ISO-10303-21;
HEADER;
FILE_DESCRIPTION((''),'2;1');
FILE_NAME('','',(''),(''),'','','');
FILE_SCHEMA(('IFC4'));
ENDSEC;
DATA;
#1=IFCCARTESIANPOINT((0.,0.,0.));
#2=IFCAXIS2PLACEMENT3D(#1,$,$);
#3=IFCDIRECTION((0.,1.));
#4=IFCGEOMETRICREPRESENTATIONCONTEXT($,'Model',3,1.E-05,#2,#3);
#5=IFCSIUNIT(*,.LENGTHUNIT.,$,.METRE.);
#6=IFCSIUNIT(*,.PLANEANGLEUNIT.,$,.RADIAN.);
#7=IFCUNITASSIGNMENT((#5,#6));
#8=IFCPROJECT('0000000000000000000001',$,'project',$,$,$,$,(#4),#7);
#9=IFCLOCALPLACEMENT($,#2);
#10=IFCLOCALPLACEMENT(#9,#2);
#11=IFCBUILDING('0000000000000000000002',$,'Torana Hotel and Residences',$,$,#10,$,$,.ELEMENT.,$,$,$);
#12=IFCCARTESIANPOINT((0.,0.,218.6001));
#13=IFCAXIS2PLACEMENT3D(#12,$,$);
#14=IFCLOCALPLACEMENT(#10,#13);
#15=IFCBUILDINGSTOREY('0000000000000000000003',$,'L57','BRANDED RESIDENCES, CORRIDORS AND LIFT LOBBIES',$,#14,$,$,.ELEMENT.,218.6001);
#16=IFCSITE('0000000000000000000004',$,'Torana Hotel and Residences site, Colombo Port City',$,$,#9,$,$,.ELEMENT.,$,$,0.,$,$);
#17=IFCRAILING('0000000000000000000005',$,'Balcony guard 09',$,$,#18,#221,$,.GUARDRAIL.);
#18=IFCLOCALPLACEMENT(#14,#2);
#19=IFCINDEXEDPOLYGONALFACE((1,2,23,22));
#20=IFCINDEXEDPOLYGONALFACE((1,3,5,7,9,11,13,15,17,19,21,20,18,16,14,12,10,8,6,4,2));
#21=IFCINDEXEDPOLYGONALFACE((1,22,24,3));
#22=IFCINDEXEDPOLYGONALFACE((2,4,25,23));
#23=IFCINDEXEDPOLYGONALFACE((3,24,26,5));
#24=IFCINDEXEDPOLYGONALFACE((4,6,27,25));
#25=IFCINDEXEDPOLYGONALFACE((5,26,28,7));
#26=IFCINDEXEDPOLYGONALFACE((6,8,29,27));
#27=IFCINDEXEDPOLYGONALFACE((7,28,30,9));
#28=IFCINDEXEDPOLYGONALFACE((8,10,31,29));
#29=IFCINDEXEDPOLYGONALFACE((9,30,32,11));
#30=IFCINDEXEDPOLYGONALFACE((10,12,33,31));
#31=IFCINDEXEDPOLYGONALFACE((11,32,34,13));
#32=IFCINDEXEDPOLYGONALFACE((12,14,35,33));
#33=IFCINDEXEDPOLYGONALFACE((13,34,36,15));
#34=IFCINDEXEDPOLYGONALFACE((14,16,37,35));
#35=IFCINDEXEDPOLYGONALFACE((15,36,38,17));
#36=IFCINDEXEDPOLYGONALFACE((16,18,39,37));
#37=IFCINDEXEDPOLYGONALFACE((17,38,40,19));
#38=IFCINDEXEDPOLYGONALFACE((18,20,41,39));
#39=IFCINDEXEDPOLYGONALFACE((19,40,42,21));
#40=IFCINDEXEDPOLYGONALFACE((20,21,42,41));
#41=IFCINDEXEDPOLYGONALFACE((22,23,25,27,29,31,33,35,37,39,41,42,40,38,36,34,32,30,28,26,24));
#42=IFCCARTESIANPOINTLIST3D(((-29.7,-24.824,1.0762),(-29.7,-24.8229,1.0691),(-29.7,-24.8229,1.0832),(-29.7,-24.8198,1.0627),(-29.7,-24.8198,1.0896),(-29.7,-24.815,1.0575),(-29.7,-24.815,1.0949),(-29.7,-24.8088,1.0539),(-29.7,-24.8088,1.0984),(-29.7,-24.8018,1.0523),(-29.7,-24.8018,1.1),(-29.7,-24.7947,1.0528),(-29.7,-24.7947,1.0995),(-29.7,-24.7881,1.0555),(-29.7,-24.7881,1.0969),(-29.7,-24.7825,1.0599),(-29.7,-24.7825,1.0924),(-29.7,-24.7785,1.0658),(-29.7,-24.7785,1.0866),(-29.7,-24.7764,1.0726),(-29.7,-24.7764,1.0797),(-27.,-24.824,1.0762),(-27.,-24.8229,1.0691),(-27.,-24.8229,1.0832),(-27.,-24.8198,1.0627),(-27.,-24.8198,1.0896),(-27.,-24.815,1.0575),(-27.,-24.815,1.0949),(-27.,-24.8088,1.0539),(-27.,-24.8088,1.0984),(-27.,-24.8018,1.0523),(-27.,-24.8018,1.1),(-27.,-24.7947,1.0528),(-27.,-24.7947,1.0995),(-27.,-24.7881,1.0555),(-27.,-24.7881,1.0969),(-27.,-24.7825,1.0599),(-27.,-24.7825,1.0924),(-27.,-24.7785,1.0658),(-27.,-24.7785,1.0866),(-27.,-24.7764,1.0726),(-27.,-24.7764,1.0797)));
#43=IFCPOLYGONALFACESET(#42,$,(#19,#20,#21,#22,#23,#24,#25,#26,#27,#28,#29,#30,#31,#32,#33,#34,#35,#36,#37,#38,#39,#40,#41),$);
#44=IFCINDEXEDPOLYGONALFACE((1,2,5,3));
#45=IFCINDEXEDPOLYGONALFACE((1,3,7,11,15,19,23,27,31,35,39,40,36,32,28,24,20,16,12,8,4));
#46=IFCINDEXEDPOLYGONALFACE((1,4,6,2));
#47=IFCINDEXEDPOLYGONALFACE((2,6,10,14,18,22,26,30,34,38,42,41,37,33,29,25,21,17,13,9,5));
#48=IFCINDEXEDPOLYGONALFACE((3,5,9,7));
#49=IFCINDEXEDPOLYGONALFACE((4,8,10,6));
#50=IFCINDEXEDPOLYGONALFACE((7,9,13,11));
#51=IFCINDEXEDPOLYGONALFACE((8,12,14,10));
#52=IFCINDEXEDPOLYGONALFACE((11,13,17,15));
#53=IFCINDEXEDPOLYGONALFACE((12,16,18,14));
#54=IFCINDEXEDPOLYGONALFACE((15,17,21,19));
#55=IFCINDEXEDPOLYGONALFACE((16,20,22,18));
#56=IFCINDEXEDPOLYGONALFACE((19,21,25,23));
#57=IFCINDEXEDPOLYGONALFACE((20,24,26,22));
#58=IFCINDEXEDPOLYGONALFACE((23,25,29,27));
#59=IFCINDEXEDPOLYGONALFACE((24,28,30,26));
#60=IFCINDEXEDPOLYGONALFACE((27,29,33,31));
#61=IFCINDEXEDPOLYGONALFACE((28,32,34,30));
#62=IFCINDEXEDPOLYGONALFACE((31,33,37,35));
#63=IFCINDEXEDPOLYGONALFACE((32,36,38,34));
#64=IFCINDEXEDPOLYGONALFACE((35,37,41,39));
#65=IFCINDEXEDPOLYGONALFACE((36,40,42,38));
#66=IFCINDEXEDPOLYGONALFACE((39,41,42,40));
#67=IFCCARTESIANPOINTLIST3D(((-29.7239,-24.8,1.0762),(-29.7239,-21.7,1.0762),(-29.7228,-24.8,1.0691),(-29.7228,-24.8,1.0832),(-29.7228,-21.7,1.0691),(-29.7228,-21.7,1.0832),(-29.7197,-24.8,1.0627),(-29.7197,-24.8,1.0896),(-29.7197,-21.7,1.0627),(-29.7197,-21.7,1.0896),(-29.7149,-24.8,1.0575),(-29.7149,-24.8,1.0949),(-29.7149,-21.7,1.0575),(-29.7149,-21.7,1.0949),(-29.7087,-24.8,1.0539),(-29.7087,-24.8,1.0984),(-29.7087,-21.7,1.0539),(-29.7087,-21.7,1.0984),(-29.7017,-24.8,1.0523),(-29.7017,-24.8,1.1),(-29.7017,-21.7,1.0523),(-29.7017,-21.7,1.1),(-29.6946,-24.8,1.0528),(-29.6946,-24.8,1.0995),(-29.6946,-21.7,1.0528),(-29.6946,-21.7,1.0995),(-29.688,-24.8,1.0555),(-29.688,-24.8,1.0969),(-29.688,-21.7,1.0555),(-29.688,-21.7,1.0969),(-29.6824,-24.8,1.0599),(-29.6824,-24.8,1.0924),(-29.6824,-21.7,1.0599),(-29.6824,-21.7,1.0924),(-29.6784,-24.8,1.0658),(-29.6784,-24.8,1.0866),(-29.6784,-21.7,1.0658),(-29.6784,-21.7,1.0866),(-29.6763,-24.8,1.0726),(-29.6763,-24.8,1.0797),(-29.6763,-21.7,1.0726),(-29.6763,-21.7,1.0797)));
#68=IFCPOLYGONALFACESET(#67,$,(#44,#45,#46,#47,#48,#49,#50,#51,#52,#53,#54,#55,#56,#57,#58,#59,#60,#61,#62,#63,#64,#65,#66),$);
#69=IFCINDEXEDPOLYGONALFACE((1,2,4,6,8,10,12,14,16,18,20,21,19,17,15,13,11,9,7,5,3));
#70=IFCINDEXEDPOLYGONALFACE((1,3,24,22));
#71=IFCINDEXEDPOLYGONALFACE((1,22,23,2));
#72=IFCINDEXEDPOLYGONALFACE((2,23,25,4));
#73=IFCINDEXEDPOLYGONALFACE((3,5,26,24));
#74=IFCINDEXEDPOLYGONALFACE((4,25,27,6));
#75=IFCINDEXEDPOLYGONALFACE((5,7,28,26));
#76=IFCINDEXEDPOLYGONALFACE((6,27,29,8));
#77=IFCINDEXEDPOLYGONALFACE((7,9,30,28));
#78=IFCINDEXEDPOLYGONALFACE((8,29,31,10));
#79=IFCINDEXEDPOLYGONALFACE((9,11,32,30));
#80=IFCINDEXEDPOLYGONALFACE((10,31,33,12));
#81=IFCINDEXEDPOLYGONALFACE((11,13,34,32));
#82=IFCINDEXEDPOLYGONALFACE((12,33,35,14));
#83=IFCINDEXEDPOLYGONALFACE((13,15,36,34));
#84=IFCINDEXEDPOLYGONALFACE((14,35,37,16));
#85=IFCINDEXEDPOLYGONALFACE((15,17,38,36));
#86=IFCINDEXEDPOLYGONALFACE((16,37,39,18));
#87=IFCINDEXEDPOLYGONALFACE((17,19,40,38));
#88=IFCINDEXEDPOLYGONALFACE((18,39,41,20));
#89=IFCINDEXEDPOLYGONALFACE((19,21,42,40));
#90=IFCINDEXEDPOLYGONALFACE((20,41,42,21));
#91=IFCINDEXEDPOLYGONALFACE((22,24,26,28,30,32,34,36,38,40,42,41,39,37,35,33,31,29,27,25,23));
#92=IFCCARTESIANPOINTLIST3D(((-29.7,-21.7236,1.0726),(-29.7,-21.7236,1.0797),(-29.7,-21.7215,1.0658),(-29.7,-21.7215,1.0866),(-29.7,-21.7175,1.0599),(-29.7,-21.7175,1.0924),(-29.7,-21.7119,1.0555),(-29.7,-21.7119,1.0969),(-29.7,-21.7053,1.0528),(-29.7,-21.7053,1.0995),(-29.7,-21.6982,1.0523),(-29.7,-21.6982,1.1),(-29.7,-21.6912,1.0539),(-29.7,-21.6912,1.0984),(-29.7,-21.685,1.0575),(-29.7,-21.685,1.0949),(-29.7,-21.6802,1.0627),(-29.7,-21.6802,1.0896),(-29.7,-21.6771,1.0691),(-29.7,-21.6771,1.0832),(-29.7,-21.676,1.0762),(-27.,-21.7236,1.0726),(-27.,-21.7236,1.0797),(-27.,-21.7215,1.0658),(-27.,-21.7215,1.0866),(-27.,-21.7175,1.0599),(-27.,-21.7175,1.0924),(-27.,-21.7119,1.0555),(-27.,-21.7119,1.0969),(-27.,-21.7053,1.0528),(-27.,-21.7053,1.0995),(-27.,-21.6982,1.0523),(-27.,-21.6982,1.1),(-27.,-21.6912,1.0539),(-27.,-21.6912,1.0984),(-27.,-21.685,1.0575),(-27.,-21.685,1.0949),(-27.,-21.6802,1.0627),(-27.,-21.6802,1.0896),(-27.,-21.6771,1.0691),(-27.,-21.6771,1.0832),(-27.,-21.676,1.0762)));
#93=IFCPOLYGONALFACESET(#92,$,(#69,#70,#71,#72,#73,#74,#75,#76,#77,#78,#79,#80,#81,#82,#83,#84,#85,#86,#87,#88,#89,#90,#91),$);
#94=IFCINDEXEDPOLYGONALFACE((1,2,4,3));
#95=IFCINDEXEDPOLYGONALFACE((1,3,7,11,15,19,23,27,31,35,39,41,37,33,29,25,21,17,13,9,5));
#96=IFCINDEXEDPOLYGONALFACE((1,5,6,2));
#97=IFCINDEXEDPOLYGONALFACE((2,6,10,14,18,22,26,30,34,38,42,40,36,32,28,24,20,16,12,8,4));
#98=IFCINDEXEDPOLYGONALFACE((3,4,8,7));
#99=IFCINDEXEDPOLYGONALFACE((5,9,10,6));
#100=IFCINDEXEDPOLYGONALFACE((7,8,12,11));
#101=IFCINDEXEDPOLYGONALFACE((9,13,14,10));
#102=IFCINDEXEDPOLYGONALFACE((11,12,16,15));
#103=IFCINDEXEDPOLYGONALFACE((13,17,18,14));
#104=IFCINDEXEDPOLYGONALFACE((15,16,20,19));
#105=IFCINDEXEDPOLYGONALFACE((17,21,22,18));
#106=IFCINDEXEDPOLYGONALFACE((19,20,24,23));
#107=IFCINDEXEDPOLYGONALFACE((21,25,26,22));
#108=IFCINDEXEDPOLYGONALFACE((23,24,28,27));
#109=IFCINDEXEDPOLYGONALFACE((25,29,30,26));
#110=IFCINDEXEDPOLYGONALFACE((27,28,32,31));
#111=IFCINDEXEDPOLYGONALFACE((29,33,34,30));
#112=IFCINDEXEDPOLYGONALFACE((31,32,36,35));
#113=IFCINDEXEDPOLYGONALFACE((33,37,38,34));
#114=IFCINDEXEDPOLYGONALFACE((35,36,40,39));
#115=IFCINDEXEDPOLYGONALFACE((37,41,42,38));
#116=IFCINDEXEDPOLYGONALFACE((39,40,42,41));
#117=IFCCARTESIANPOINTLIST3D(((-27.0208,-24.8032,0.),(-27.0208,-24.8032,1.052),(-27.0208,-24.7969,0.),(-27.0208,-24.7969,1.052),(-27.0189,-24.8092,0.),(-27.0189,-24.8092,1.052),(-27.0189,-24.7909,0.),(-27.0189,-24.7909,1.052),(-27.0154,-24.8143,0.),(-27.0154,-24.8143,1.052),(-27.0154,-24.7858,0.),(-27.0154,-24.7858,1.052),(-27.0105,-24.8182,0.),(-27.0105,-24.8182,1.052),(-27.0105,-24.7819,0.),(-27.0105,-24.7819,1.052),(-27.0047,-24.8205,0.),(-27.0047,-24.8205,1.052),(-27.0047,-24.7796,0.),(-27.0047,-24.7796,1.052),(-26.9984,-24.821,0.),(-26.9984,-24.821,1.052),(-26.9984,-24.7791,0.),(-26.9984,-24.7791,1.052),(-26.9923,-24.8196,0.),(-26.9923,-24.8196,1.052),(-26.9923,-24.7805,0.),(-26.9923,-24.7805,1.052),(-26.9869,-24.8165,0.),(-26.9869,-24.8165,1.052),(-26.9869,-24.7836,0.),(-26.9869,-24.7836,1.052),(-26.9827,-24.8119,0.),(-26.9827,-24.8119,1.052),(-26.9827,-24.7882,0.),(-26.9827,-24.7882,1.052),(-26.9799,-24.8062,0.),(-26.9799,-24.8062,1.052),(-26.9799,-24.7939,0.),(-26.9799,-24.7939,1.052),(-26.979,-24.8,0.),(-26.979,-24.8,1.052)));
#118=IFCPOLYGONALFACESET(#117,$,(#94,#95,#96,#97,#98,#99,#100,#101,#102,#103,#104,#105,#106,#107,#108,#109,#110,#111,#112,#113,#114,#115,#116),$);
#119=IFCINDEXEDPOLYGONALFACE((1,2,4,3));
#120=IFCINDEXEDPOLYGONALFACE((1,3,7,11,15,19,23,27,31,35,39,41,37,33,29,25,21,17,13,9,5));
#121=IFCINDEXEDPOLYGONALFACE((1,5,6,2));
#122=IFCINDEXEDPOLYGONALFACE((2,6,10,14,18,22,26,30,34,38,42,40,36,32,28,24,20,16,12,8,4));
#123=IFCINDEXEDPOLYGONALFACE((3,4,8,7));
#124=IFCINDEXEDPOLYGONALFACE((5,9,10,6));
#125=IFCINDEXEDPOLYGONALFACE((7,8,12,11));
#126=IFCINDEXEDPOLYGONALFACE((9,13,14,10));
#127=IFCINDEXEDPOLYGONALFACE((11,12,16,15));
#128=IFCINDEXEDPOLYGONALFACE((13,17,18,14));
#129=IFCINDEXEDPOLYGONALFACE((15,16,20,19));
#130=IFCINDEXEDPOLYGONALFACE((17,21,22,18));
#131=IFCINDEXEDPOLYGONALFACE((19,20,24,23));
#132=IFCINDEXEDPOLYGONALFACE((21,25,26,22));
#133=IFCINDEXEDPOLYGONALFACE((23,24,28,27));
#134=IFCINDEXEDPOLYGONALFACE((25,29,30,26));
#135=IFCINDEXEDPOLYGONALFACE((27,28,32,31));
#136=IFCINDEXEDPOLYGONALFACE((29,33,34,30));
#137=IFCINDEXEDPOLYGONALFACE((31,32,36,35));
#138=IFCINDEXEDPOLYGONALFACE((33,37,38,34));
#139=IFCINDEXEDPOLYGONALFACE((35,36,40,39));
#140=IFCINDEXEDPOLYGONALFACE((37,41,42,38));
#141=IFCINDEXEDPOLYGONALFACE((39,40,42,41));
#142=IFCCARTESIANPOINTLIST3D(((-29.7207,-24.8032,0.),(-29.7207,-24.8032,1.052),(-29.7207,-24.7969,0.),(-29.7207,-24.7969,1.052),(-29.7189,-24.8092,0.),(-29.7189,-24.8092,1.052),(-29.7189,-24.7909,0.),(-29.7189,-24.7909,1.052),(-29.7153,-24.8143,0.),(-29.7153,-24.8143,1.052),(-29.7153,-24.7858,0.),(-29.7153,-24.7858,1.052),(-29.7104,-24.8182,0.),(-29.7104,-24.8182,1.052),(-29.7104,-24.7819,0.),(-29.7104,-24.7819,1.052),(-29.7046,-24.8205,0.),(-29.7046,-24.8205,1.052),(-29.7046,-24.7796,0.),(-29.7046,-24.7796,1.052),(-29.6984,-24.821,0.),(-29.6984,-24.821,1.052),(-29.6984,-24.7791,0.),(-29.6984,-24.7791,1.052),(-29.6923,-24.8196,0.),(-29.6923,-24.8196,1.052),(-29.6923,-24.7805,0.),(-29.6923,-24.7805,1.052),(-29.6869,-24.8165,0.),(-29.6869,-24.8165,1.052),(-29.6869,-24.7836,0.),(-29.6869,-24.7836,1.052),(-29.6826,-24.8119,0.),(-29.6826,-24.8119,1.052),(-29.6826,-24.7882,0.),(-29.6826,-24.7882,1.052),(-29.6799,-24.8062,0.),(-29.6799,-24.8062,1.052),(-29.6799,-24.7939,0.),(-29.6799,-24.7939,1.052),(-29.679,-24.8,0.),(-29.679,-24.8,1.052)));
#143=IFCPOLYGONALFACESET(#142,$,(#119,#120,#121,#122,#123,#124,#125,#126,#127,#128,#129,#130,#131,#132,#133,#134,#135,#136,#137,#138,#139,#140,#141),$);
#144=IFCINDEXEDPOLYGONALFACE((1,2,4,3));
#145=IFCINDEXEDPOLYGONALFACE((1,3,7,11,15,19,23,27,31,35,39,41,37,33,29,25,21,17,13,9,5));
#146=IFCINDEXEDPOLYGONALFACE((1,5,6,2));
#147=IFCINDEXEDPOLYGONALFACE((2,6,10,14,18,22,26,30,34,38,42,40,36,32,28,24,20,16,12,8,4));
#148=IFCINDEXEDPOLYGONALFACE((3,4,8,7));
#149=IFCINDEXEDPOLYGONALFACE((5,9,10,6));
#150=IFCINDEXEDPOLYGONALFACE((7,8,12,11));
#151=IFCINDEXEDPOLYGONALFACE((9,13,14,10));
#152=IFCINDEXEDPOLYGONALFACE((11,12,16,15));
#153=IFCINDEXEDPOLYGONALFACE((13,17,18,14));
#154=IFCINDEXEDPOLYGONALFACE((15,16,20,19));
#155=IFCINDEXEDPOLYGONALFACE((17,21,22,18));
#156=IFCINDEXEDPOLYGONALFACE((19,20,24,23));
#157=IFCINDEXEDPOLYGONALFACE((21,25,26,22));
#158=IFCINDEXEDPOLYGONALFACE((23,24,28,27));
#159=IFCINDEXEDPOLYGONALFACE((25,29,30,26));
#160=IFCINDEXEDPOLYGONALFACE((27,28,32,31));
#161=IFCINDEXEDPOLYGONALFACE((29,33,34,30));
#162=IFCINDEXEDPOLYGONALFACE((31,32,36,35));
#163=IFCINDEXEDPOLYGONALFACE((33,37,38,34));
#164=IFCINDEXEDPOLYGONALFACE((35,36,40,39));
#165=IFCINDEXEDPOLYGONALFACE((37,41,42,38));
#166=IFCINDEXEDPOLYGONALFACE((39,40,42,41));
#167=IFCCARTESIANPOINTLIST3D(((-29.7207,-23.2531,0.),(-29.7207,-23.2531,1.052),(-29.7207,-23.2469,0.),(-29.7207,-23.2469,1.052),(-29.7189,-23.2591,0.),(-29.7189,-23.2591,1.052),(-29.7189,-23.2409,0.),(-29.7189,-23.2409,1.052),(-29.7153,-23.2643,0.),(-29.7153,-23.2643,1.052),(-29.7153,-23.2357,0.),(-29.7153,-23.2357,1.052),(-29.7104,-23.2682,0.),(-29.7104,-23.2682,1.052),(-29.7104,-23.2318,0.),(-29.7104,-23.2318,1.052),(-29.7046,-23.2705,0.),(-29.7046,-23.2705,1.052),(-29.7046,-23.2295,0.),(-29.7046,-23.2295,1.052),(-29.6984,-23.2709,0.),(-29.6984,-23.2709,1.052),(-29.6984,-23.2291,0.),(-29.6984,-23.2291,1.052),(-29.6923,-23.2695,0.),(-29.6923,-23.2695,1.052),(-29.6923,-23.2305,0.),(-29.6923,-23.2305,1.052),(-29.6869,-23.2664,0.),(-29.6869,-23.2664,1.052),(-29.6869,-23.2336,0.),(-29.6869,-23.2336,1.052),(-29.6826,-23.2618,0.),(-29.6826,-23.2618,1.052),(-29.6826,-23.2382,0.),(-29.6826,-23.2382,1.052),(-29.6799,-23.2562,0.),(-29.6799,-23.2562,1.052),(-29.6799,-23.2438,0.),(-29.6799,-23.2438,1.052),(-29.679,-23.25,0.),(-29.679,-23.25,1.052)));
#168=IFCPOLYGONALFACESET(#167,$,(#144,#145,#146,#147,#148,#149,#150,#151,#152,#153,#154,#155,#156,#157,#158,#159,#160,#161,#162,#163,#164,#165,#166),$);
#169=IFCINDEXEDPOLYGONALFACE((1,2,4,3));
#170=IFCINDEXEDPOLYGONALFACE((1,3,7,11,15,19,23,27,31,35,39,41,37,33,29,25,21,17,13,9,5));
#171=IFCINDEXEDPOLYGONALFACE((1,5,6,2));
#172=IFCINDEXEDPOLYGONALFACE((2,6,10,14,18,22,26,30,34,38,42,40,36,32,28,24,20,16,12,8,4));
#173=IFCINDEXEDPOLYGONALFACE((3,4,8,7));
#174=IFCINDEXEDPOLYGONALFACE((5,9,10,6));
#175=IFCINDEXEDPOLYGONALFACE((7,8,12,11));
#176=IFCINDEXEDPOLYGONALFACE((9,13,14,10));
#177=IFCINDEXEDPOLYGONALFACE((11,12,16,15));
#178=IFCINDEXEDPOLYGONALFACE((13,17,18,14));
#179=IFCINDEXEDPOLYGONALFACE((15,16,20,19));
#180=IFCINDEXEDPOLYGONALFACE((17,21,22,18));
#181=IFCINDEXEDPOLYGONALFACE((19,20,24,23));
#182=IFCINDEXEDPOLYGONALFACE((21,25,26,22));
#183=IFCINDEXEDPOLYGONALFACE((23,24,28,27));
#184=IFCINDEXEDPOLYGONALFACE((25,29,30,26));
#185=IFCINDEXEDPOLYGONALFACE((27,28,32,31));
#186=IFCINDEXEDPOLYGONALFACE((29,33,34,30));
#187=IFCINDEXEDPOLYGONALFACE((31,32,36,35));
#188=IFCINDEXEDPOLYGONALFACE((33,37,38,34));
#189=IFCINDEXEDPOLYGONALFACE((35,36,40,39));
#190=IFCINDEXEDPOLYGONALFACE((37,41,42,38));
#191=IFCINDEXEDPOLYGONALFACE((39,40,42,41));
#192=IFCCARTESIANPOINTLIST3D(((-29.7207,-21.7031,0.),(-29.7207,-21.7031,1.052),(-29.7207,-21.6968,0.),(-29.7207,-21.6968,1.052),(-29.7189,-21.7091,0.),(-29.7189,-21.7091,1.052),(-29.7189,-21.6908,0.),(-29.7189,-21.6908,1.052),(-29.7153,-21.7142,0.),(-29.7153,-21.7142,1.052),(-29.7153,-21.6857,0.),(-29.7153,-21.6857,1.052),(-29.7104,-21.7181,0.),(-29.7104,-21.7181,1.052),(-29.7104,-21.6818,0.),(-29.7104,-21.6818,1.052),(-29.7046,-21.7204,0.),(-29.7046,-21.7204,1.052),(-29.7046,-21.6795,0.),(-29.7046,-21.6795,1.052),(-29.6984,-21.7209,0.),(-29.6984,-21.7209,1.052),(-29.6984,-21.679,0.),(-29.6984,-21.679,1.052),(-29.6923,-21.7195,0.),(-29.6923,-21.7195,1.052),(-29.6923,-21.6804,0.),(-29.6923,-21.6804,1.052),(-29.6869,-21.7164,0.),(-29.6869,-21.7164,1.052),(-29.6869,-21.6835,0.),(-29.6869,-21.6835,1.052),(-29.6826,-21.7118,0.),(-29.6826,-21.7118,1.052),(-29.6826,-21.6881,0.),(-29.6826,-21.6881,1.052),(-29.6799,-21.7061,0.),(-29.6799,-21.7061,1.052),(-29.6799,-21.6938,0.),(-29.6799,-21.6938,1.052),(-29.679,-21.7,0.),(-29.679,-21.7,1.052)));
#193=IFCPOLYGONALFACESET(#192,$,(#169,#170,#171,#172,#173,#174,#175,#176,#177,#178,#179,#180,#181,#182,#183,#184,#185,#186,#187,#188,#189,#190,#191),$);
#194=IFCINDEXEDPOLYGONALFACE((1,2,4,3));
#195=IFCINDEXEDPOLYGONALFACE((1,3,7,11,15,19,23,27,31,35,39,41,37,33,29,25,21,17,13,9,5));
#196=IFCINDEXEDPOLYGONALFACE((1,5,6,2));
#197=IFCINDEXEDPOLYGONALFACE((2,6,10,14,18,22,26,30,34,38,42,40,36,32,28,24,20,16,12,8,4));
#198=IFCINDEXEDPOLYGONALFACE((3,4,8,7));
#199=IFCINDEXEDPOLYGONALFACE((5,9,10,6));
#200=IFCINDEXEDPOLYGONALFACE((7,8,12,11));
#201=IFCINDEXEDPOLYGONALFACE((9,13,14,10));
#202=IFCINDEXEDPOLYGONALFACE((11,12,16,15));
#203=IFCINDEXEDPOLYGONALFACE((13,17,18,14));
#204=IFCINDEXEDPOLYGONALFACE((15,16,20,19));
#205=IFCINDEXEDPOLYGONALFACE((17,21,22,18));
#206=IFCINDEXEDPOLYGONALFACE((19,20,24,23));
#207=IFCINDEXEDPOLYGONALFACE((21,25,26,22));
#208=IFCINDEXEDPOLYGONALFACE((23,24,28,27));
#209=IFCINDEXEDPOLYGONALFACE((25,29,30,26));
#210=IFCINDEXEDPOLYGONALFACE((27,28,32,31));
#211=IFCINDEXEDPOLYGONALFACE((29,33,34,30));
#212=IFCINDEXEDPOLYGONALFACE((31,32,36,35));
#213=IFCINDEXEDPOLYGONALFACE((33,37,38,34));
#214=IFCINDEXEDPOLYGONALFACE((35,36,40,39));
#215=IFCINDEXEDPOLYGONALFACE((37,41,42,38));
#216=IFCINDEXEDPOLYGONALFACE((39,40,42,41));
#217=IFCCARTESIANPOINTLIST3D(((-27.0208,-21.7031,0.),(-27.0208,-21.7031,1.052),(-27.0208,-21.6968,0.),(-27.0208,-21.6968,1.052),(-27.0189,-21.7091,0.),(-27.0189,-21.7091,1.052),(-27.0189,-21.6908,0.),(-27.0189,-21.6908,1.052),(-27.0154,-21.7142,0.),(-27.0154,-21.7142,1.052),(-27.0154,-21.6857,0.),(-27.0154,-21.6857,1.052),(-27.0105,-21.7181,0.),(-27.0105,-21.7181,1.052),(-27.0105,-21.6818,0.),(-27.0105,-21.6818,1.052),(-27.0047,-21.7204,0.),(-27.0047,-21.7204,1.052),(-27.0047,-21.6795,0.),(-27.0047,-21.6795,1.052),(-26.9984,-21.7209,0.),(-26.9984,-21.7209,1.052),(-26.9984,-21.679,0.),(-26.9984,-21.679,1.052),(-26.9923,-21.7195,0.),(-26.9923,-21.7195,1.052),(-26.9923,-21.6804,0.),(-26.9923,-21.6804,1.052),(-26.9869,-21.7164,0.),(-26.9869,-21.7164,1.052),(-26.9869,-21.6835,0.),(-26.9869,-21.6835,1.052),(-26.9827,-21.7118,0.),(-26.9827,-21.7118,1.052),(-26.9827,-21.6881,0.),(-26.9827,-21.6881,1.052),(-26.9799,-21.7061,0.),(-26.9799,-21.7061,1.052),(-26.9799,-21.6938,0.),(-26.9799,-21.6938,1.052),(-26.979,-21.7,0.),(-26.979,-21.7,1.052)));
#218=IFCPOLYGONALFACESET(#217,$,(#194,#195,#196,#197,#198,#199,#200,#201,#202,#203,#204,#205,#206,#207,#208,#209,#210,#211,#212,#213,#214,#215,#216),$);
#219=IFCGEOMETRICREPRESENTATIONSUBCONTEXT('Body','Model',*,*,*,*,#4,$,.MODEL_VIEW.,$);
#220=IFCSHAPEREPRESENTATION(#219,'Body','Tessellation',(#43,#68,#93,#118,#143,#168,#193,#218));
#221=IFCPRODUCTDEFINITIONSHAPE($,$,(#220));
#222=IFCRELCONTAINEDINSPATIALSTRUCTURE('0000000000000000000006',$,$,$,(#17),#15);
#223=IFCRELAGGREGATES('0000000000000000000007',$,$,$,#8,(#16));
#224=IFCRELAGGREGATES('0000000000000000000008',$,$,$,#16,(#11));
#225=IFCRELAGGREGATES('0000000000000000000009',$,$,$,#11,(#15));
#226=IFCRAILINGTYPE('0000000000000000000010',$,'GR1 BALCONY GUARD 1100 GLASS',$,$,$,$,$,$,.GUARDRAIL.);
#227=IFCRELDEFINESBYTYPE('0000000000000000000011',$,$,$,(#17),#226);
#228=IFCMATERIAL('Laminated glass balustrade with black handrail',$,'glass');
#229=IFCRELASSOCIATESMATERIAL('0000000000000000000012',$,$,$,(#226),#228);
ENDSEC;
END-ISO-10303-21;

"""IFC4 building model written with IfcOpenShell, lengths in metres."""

from ifc_helpers import new_model, si_unit, direction, frame, origin, origin_2d, place, context, subcontext, project, spatial, circle, extrude, material, type_object, element, save


model = new_model("IFC4")

# Units and contexts
model_context = context("Model", 3, precision=1e-05, world=origin(), true_north=direction((0.0, 1.0)))
body_context = subcontext(model_context, "Body", "Model", "MODEL_VIEW")
ifc_project = project(units=[si_unit("LENGTHUNIT", "METRE"), si_unit("PLANEANGLEUNIT", "RADIAN")], contexts=[model_context])

# Site, building, storey
site_placement = place(None, origin())
site = spatial("IfcSite", under=ifc_project, at=site_placement, Name="Torana Hotel and Residences site, Colombo Port City", CompositionType="ELEMENT", RefElevation=0.0)
building_placement = place(site_placement, origin())
building = spatial("IfcBuilding", under=site, at=building_placement, Name="Torana Hotel and Residences", CompositionType="ELEMENT")
storey_placement = place(building_placement, frame((0.0, 0.0, 218.6001)))
storey = spatial("IfcBuildingStorey", under=building, at=storey_placement, Name="L57", Description="BRANDED RESIDENCES, CORRIDORS AND LIFT LOBBIES", CompositionType="ELEMENT", Elevation=218.6001)

# Railing
ifc_material_1 = material(Name="Laminated glass balustrade with black handrail", Category="glass")
railing_type = type_object("IfcRailingType", Name="GR1 BALCONY GUARD 1100 GLASS", PredefinedType="GUARDRAIL", material=ifc_material_1)
railing_1_placement = place(storey_placement, frame((-27.0, -24.8, 0.0)))
element("IfcRailing", 1, at=railing_1_placement, inside=storey, type_object=railing_type, Name="Balcony guard 09", PredefinedType="GUARDRAIL", context=body_context, shape_type="SweptSolid", body=[
    extrude(circle(Radius=0.0239, at=origin_2d()), frame((0.0, 0.0, 1.0762), z_axis=(-1.0, 0.0, 0.0), x_axis=(0.0, -1.0, 0.0)), (0.0, 0.0, 1.0), 2.7),
    extrude(circle(Radius=0.0239, at=origin_2d()), frame((-2.7, 0.0, 1.0762), z_axis=(0.0, 1.0, 0.0), x_axis=(-1.0, 0.0, 0.0)), (0.0, 0.0, 1.0), 3.1001),
    extrude(circle(Radius=0.0239, at=origin_2d()), frame((-2.7, 3.1001, 1.0762), z_axis=(1.0, 0.0, 0.0), x_axis=(0.0, 1.0, 0.0)), (0.0, 0.0, 1.0), 2.7),
    extrude(circle(Radius=0.021, at=origin_2d()), origin(), (0.0, 0.0, 1.0), 1.052),
    extrude(circle(Radius=0.021, at=origin_2d()), frame((-2.7, 0.0, 0.0)), (0.0, 0.0, 1.0), 1.052),
    extrude(circle(Radius=0.021, at=origin_2d()), frame((-2.7, 1.55, 0.0)), (0.0, 0.0, 1.0), 1.052),
    extrude(circle(Radius=0.021, at=origin_2d()), frame((-2.7, 3.1001, 0.0)), (0.0, 0.0, 1.0), 1.052),
    extrude(circle(Radius=0.021, at=origin_2d()), frame((0.0, 3.1001, 0.0)), (0.0, 0.0, 1.0), 1.052),
])

save(model, "model.ifc")
